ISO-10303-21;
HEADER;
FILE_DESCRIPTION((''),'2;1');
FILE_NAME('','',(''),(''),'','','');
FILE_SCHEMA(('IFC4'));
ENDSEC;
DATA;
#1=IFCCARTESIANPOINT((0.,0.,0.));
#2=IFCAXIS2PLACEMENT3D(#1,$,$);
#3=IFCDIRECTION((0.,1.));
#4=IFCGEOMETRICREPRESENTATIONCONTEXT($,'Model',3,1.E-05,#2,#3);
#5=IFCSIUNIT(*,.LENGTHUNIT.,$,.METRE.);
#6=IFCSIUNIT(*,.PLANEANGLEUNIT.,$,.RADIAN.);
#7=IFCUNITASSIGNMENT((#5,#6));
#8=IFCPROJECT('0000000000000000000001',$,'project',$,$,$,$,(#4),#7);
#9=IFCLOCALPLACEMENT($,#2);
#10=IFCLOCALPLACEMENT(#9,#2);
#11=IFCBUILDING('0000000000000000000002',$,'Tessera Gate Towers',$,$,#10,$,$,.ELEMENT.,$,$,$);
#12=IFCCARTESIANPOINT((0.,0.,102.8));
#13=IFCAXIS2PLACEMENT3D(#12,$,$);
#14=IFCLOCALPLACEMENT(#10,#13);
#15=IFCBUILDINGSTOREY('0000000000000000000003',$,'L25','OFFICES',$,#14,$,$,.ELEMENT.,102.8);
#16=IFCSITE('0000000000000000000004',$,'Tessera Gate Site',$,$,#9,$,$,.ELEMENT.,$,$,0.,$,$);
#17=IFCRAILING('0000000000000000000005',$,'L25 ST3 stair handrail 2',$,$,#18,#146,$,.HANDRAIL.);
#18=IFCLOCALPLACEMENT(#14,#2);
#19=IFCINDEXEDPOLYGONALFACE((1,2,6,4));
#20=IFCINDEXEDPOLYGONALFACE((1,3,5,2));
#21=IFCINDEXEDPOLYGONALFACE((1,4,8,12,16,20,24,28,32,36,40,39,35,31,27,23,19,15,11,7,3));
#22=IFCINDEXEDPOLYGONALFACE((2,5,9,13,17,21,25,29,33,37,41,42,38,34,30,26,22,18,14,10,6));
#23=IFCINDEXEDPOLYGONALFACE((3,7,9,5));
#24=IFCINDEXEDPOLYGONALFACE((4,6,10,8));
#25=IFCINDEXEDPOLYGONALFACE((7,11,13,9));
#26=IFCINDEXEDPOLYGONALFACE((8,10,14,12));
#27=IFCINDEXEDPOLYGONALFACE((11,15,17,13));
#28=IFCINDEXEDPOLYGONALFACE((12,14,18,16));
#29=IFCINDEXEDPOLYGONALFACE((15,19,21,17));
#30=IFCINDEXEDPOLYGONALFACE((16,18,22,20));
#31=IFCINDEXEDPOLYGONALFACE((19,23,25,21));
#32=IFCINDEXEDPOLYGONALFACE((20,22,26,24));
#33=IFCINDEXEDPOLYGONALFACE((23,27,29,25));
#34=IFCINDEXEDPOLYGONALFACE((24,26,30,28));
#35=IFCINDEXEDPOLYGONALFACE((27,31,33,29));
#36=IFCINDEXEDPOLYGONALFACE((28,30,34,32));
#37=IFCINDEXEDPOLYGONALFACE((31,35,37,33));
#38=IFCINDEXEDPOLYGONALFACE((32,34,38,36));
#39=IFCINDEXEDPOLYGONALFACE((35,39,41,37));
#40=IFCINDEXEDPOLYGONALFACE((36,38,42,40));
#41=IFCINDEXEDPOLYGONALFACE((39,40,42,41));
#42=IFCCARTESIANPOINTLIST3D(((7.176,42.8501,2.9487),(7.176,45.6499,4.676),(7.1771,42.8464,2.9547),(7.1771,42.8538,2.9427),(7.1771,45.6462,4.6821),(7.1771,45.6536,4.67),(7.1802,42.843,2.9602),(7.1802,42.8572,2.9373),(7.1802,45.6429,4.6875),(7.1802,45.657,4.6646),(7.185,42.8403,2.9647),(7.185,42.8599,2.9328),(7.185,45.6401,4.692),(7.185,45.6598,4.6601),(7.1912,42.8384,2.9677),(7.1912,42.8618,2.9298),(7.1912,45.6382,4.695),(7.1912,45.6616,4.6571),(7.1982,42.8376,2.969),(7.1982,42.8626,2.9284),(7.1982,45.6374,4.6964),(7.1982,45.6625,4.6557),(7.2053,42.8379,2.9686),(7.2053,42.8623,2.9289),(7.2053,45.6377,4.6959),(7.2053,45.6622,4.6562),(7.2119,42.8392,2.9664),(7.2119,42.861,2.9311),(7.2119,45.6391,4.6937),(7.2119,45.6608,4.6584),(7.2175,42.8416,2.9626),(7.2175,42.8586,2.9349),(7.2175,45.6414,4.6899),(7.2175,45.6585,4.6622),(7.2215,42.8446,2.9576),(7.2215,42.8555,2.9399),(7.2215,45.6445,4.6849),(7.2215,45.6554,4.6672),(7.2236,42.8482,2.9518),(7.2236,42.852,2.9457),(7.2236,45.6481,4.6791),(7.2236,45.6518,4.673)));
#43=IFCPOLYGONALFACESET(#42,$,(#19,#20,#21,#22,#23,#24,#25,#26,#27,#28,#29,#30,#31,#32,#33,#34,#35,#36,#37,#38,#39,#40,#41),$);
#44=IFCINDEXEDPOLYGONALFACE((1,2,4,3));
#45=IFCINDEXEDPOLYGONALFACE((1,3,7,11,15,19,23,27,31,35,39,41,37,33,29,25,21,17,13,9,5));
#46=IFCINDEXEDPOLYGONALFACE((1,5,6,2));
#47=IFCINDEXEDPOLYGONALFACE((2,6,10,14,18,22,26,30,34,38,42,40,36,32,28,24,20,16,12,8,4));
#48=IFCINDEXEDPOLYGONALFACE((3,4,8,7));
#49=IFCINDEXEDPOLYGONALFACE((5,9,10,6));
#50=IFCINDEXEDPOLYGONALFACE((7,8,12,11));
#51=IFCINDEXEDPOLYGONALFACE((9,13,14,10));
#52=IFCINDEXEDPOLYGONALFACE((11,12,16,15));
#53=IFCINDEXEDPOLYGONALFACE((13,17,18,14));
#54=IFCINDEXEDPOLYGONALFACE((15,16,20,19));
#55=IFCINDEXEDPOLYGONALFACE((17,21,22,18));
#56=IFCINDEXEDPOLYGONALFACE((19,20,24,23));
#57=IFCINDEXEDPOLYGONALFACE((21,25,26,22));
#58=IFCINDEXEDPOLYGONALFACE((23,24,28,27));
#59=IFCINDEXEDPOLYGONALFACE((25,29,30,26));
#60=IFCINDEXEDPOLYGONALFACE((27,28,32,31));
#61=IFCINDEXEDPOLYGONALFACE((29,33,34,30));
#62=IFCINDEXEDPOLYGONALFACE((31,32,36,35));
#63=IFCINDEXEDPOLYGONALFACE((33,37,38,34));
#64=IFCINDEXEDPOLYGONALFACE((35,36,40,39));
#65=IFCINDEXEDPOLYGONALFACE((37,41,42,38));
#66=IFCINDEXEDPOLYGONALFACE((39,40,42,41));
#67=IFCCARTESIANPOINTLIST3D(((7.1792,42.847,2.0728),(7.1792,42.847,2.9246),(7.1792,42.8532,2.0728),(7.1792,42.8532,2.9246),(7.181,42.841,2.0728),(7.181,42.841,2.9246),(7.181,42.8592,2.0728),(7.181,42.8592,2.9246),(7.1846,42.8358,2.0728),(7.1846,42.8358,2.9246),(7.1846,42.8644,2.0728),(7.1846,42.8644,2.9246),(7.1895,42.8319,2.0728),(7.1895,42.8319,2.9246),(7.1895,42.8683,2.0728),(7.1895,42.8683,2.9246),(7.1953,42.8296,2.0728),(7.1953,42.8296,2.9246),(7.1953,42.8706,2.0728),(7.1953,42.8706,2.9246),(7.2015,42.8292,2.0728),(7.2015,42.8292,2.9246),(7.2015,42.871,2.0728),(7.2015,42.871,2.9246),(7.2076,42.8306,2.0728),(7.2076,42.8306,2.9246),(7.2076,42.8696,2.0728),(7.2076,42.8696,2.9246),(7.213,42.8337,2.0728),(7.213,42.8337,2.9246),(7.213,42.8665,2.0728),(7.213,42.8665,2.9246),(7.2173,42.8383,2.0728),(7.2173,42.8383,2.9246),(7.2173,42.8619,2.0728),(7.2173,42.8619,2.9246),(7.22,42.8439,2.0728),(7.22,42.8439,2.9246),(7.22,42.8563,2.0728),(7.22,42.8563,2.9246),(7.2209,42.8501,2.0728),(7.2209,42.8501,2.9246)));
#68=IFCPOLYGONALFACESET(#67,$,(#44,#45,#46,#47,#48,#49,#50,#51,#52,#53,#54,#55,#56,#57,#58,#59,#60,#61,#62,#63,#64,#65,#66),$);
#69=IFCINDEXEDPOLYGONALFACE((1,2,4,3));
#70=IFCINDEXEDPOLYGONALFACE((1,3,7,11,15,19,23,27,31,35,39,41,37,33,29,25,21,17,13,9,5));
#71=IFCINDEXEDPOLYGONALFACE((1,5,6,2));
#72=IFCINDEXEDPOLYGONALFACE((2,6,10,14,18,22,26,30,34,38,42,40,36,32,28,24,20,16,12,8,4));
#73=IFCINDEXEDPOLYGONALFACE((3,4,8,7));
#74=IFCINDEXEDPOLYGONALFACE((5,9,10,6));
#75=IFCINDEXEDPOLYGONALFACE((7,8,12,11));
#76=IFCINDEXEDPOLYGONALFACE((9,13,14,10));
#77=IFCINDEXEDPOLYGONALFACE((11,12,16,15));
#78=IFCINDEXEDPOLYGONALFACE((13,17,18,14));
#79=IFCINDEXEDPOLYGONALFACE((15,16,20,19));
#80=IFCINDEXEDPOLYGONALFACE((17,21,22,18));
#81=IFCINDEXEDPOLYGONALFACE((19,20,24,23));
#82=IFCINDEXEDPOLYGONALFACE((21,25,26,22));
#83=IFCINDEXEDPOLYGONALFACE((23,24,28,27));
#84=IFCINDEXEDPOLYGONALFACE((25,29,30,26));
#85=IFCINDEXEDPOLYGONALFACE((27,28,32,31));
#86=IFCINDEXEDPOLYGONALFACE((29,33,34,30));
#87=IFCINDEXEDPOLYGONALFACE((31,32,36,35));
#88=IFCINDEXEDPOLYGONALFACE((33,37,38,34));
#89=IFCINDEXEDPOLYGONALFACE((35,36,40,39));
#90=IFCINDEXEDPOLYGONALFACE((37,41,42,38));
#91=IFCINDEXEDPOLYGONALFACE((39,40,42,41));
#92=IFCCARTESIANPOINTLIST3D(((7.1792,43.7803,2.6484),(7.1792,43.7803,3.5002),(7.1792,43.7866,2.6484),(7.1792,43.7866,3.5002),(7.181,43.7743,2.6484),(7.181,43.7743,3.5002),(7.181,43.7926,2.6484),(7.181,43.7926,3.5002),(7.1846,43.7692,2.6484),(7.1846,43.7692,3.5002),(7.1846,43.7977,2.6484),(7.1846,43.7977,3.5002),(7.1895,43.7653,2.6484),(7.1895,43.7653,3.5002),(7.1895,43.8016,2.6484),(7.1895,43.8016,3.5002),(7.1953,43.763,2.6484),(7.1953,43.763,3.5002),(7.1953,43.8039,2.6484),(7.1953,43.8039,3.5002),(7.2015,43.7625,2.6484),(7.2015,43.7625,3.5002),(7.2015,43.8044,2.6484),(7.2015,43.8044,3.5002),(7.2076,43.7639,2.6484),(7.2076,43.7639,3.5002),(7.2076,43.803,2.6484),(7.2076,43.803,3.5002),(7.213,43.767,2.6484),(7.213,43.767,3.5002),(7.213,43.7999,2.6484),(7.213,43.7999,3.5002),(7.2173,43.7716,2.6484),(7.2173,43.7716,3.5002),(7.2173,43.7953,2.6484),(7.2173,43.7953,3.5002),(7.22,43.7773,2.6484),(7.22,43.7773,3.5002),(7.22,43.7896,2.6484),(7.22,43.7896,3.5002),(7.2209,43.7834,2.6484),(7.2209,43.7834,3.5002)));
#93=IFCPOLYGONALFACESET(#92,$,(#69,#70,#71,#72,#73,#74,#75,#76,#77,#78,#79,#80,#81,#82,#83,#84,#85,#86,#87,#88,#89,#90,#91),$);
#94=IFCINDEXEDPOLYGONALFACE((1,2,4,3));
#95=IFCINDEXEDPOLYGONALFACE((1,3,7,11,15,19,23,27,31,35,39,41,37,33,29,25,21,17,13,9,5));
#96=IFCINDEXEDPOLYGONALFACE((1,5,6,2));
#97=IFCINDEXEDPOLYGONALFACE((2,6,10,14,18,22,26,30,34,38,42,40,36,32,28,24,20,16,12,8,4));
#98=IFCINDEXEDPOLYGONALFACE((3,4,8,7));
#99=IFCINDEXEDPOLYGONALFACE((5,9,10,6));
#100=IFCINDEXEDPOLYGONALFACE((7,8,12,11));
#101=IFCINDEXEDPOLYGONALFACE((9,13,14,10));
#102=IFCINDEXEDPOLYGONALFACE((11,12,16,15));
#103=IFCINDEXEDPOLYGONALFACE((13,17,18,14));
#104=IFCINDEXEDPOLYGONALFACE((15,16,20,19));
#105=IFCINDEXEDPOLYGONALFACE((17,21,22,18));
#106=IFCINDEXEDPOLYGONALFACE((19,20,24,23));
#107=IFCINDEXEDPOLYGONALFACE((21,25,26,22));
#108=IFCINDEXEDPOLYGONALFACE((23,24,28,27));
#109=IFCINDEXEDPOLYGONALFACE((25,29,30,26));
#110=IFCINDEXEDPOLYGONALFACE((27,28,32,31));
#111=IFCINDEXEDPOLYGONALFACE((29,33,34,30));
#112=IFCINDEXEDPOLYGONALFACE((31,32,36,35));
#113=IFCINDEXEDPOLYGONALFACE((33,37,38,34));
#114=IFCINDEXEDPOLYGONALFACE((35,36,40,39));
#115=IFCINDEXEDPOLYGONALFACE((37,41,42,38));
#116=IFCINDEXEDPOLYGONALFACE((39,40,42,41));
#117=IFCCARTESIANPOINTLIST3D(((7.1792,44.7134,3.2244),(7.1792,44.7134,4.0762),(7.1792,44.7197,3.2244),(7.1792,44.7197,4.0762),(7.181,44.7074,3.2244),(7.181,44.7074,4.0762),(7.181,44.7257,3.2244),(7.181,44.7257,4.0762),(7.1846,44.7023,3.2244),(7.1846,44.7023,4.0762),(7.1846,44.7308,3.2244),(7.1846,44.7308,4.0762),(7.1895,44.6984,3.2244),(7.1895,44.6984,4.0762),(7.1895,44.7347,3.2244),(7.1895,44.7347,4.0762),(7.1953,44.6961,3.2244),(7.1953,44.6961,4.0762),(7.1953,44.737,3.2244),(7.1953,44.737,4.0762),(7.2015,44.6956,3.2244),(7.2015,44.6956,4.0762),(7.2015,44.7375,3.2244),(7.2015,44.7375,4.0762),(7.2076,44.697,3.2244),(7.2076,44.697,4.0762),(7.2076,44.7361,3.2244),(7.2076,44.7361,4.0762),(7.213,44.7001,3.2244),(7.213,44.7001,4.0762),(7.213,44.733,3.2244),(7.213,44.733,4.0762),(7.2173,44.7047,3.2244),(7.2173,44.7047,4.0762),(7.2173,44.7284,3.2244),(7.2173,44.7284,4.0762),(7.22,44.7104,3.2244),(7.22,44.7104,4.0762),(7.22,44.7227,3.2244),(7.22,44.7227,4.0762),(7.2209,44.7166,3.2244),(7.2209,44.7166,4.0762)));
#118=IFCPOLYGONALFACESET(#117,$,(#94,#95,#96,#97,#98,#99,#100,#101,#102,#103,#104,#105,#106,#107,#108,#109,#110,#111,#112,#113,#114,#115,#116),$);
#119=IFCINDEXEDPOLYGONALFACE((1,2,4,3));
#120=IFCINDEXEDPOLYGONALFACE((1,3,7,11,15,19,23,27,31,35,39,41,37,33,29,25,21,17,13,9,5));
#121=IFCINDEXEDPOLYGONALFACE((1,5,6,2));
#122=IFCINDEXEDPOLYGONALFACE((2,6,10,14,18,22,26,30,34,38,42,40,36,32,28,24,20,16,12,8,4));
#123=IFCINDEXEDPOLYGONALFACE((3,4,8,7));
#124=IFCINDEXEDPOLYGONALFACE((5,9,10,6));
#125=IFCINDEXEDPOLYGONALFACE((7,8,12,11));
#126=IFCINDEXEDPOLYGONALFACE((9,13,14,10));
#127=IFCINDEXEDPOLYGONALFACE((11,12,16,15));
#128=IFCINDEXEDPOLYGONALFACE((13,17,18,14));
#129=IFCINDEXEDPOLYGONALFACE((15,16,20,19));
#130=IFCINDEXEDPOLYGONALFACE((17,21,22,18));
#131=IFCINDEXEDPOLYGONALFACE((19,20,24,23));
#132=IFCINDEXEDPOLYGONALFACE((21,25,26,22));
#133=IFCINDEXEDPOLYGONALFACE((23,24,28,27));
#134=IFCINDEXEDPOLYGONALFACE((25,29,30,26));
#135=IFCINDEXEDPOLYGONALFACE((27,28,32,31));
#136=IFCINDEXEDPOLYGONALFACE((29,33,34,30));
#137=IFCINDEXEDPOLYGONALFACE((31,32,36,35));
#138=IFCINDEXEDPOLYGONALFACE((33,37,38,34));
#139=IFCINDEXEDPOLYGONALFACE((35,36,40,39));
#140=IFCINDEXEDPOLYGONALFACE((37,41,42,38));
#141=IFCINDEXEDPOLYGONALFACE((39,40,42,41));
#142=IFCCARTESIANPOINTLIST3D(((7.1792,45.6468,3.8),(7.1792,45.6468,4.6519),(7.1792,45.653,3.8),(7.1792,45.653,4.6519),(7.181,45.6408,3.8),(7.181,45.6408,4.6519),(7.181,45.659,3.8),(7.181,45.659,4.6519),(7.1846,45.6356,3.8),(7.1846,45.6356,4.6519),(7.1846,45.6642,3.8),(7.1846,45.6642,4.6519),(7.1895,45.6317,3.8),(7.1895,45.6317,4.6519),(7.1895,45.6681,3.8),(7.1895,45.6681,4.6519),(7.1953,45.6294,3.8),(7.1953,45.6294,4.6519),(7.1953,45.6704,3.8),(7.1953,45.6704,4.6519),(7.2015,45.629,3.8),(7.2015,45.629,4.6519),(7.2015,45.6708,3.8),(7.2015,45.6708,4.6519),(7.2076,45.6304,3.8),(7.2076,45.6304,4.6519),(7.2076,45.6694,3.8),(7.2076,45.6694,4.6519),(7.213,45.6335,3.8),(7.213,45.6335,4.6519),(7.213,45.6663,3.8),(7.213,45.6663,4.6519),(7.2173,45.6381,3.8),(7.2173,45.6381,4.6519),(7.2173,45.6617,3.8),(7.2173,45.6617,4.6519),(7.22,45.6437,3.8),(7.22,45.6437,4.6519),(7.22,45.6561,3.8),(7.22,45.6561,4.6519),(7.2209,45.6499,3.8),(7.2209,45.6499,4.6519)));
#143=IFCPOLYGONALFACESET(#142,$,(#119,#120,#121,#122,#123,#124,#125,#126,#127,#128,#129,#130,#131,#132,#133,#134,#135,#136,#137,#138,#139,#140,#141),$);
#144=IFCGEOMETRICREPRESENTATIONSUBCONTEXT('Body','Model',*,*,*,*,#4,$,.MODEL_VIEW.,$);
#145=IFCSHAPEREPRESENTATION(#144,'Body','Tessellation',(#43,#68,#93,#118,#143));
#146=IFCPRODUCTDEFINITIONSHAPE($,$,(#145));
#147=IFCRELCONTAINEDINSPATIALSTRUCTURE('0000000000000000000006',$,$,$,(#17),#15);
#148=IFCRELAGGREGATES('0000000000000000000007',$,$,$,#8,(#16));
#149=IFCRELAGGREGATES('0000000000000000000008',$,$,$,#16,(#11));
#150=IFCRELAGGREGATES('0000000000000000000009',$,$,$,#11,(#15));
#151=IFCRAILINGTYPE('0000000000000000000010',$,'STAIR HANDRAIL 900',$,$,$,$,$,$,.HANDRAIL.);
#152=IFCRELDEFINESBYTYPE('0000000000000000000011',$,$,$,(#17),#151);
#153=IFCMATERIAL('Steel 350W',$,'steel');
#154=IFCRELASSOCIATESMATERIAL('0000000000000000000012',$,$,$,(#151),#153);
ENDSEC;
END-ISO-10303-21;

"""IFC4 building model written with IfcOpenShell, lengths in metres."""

from ifc_helpers import new_model, si_unit, direction, frame, origin, origin_2d, place, context, subcontext, project, spatial, circle, extrude, material, type_object, element, save


model = new_model("IFC4")

# Units and contexts
model_context = context("Model", 3, precision=1e-05, world=origin(), true_north=direction((0.0, 1.0)))
body_context = subcontext(model_context, "Body", "Model", "MODEL_VIEW")
ifc_project = project(units=[si_unit("LENGTHUNIT", "METRE"), si_unit("PLANEANGLEUNIT", "RADIAN")], contexts=[model_context])

# Site, building, storey
site_placement = place(None, origin())
site = spatial("IfcSite", under=ifc_project, at=site_placement, Name="Tessera Gate Site", CompositionType="ELEMENT", RefElevation=0.0)
building_placement = place(site_placement, origin())
building = spatial("IfcBuilding", under=site, at=building_placement, Name="Tessera Gate Towers", CompositionType="ELEMENT")
storey_placement = place(building_placement, frame((0.0, 0.0, 102.8)))
storey = spatial("IfcBuildingStorey", under=building, at=storey_placement, Name="L25", Description="OFFICES", CompositionType="ELEMENT", Elevation=102.8)

# Railing
ifc_material_1 = material(Name="Steel 350W", Category="steel")
railing_type_1 = type_object("IfcRailingType", Name="STAIR HANDRAIL 900", PredefinedType="HANDRAIL", material=ifc_material_1)
railing_1_placement = place(storey_placement, frame((7.2, 42.8501, 2.0728)))
element("IfcRailing", 1, at=railing_1_placement, inside=storey, type_object=railing_type_1, Name="L25 ST3 stair handrail 2", PredefinedType="HANDRAIL", context=body_context, shape_type="SweptSolid", body=[
    extrude(circle(Radius=0.0239, at=origin_2d()), frame((0.0, 0.0, 0.876), z_axis=(0.0, 0.851069, 0.525054), x_axis=(-1.0, 0.0, 0.0)), (0.0, 0.0, 1.0), 3.2898),
    extrude(circle(Radius=0.021, at=origin_2d()), origin(), (0.0, 0.0, 1.0), 0.8518),
    extrude(circle(Radius=0.021, at=origin_2d()), frame((0.0, 0.9333, 0.5757)), (0.0, 0.0, 1.0), 0.8518),
    extrude(circle(Radius=0.021, at=origin_2d()), frame((0.0, 1.8665, 1.1516)), (0.0, 0.0, 1.0), 0.8518),
    extrude(circle(Radius=0.021, at=origin_2d()), frame((0.0, 2.7998, 1.7273)), (0.0, 0.0, 1.0), 0.8518),
])

save(model, "model.ifc")
